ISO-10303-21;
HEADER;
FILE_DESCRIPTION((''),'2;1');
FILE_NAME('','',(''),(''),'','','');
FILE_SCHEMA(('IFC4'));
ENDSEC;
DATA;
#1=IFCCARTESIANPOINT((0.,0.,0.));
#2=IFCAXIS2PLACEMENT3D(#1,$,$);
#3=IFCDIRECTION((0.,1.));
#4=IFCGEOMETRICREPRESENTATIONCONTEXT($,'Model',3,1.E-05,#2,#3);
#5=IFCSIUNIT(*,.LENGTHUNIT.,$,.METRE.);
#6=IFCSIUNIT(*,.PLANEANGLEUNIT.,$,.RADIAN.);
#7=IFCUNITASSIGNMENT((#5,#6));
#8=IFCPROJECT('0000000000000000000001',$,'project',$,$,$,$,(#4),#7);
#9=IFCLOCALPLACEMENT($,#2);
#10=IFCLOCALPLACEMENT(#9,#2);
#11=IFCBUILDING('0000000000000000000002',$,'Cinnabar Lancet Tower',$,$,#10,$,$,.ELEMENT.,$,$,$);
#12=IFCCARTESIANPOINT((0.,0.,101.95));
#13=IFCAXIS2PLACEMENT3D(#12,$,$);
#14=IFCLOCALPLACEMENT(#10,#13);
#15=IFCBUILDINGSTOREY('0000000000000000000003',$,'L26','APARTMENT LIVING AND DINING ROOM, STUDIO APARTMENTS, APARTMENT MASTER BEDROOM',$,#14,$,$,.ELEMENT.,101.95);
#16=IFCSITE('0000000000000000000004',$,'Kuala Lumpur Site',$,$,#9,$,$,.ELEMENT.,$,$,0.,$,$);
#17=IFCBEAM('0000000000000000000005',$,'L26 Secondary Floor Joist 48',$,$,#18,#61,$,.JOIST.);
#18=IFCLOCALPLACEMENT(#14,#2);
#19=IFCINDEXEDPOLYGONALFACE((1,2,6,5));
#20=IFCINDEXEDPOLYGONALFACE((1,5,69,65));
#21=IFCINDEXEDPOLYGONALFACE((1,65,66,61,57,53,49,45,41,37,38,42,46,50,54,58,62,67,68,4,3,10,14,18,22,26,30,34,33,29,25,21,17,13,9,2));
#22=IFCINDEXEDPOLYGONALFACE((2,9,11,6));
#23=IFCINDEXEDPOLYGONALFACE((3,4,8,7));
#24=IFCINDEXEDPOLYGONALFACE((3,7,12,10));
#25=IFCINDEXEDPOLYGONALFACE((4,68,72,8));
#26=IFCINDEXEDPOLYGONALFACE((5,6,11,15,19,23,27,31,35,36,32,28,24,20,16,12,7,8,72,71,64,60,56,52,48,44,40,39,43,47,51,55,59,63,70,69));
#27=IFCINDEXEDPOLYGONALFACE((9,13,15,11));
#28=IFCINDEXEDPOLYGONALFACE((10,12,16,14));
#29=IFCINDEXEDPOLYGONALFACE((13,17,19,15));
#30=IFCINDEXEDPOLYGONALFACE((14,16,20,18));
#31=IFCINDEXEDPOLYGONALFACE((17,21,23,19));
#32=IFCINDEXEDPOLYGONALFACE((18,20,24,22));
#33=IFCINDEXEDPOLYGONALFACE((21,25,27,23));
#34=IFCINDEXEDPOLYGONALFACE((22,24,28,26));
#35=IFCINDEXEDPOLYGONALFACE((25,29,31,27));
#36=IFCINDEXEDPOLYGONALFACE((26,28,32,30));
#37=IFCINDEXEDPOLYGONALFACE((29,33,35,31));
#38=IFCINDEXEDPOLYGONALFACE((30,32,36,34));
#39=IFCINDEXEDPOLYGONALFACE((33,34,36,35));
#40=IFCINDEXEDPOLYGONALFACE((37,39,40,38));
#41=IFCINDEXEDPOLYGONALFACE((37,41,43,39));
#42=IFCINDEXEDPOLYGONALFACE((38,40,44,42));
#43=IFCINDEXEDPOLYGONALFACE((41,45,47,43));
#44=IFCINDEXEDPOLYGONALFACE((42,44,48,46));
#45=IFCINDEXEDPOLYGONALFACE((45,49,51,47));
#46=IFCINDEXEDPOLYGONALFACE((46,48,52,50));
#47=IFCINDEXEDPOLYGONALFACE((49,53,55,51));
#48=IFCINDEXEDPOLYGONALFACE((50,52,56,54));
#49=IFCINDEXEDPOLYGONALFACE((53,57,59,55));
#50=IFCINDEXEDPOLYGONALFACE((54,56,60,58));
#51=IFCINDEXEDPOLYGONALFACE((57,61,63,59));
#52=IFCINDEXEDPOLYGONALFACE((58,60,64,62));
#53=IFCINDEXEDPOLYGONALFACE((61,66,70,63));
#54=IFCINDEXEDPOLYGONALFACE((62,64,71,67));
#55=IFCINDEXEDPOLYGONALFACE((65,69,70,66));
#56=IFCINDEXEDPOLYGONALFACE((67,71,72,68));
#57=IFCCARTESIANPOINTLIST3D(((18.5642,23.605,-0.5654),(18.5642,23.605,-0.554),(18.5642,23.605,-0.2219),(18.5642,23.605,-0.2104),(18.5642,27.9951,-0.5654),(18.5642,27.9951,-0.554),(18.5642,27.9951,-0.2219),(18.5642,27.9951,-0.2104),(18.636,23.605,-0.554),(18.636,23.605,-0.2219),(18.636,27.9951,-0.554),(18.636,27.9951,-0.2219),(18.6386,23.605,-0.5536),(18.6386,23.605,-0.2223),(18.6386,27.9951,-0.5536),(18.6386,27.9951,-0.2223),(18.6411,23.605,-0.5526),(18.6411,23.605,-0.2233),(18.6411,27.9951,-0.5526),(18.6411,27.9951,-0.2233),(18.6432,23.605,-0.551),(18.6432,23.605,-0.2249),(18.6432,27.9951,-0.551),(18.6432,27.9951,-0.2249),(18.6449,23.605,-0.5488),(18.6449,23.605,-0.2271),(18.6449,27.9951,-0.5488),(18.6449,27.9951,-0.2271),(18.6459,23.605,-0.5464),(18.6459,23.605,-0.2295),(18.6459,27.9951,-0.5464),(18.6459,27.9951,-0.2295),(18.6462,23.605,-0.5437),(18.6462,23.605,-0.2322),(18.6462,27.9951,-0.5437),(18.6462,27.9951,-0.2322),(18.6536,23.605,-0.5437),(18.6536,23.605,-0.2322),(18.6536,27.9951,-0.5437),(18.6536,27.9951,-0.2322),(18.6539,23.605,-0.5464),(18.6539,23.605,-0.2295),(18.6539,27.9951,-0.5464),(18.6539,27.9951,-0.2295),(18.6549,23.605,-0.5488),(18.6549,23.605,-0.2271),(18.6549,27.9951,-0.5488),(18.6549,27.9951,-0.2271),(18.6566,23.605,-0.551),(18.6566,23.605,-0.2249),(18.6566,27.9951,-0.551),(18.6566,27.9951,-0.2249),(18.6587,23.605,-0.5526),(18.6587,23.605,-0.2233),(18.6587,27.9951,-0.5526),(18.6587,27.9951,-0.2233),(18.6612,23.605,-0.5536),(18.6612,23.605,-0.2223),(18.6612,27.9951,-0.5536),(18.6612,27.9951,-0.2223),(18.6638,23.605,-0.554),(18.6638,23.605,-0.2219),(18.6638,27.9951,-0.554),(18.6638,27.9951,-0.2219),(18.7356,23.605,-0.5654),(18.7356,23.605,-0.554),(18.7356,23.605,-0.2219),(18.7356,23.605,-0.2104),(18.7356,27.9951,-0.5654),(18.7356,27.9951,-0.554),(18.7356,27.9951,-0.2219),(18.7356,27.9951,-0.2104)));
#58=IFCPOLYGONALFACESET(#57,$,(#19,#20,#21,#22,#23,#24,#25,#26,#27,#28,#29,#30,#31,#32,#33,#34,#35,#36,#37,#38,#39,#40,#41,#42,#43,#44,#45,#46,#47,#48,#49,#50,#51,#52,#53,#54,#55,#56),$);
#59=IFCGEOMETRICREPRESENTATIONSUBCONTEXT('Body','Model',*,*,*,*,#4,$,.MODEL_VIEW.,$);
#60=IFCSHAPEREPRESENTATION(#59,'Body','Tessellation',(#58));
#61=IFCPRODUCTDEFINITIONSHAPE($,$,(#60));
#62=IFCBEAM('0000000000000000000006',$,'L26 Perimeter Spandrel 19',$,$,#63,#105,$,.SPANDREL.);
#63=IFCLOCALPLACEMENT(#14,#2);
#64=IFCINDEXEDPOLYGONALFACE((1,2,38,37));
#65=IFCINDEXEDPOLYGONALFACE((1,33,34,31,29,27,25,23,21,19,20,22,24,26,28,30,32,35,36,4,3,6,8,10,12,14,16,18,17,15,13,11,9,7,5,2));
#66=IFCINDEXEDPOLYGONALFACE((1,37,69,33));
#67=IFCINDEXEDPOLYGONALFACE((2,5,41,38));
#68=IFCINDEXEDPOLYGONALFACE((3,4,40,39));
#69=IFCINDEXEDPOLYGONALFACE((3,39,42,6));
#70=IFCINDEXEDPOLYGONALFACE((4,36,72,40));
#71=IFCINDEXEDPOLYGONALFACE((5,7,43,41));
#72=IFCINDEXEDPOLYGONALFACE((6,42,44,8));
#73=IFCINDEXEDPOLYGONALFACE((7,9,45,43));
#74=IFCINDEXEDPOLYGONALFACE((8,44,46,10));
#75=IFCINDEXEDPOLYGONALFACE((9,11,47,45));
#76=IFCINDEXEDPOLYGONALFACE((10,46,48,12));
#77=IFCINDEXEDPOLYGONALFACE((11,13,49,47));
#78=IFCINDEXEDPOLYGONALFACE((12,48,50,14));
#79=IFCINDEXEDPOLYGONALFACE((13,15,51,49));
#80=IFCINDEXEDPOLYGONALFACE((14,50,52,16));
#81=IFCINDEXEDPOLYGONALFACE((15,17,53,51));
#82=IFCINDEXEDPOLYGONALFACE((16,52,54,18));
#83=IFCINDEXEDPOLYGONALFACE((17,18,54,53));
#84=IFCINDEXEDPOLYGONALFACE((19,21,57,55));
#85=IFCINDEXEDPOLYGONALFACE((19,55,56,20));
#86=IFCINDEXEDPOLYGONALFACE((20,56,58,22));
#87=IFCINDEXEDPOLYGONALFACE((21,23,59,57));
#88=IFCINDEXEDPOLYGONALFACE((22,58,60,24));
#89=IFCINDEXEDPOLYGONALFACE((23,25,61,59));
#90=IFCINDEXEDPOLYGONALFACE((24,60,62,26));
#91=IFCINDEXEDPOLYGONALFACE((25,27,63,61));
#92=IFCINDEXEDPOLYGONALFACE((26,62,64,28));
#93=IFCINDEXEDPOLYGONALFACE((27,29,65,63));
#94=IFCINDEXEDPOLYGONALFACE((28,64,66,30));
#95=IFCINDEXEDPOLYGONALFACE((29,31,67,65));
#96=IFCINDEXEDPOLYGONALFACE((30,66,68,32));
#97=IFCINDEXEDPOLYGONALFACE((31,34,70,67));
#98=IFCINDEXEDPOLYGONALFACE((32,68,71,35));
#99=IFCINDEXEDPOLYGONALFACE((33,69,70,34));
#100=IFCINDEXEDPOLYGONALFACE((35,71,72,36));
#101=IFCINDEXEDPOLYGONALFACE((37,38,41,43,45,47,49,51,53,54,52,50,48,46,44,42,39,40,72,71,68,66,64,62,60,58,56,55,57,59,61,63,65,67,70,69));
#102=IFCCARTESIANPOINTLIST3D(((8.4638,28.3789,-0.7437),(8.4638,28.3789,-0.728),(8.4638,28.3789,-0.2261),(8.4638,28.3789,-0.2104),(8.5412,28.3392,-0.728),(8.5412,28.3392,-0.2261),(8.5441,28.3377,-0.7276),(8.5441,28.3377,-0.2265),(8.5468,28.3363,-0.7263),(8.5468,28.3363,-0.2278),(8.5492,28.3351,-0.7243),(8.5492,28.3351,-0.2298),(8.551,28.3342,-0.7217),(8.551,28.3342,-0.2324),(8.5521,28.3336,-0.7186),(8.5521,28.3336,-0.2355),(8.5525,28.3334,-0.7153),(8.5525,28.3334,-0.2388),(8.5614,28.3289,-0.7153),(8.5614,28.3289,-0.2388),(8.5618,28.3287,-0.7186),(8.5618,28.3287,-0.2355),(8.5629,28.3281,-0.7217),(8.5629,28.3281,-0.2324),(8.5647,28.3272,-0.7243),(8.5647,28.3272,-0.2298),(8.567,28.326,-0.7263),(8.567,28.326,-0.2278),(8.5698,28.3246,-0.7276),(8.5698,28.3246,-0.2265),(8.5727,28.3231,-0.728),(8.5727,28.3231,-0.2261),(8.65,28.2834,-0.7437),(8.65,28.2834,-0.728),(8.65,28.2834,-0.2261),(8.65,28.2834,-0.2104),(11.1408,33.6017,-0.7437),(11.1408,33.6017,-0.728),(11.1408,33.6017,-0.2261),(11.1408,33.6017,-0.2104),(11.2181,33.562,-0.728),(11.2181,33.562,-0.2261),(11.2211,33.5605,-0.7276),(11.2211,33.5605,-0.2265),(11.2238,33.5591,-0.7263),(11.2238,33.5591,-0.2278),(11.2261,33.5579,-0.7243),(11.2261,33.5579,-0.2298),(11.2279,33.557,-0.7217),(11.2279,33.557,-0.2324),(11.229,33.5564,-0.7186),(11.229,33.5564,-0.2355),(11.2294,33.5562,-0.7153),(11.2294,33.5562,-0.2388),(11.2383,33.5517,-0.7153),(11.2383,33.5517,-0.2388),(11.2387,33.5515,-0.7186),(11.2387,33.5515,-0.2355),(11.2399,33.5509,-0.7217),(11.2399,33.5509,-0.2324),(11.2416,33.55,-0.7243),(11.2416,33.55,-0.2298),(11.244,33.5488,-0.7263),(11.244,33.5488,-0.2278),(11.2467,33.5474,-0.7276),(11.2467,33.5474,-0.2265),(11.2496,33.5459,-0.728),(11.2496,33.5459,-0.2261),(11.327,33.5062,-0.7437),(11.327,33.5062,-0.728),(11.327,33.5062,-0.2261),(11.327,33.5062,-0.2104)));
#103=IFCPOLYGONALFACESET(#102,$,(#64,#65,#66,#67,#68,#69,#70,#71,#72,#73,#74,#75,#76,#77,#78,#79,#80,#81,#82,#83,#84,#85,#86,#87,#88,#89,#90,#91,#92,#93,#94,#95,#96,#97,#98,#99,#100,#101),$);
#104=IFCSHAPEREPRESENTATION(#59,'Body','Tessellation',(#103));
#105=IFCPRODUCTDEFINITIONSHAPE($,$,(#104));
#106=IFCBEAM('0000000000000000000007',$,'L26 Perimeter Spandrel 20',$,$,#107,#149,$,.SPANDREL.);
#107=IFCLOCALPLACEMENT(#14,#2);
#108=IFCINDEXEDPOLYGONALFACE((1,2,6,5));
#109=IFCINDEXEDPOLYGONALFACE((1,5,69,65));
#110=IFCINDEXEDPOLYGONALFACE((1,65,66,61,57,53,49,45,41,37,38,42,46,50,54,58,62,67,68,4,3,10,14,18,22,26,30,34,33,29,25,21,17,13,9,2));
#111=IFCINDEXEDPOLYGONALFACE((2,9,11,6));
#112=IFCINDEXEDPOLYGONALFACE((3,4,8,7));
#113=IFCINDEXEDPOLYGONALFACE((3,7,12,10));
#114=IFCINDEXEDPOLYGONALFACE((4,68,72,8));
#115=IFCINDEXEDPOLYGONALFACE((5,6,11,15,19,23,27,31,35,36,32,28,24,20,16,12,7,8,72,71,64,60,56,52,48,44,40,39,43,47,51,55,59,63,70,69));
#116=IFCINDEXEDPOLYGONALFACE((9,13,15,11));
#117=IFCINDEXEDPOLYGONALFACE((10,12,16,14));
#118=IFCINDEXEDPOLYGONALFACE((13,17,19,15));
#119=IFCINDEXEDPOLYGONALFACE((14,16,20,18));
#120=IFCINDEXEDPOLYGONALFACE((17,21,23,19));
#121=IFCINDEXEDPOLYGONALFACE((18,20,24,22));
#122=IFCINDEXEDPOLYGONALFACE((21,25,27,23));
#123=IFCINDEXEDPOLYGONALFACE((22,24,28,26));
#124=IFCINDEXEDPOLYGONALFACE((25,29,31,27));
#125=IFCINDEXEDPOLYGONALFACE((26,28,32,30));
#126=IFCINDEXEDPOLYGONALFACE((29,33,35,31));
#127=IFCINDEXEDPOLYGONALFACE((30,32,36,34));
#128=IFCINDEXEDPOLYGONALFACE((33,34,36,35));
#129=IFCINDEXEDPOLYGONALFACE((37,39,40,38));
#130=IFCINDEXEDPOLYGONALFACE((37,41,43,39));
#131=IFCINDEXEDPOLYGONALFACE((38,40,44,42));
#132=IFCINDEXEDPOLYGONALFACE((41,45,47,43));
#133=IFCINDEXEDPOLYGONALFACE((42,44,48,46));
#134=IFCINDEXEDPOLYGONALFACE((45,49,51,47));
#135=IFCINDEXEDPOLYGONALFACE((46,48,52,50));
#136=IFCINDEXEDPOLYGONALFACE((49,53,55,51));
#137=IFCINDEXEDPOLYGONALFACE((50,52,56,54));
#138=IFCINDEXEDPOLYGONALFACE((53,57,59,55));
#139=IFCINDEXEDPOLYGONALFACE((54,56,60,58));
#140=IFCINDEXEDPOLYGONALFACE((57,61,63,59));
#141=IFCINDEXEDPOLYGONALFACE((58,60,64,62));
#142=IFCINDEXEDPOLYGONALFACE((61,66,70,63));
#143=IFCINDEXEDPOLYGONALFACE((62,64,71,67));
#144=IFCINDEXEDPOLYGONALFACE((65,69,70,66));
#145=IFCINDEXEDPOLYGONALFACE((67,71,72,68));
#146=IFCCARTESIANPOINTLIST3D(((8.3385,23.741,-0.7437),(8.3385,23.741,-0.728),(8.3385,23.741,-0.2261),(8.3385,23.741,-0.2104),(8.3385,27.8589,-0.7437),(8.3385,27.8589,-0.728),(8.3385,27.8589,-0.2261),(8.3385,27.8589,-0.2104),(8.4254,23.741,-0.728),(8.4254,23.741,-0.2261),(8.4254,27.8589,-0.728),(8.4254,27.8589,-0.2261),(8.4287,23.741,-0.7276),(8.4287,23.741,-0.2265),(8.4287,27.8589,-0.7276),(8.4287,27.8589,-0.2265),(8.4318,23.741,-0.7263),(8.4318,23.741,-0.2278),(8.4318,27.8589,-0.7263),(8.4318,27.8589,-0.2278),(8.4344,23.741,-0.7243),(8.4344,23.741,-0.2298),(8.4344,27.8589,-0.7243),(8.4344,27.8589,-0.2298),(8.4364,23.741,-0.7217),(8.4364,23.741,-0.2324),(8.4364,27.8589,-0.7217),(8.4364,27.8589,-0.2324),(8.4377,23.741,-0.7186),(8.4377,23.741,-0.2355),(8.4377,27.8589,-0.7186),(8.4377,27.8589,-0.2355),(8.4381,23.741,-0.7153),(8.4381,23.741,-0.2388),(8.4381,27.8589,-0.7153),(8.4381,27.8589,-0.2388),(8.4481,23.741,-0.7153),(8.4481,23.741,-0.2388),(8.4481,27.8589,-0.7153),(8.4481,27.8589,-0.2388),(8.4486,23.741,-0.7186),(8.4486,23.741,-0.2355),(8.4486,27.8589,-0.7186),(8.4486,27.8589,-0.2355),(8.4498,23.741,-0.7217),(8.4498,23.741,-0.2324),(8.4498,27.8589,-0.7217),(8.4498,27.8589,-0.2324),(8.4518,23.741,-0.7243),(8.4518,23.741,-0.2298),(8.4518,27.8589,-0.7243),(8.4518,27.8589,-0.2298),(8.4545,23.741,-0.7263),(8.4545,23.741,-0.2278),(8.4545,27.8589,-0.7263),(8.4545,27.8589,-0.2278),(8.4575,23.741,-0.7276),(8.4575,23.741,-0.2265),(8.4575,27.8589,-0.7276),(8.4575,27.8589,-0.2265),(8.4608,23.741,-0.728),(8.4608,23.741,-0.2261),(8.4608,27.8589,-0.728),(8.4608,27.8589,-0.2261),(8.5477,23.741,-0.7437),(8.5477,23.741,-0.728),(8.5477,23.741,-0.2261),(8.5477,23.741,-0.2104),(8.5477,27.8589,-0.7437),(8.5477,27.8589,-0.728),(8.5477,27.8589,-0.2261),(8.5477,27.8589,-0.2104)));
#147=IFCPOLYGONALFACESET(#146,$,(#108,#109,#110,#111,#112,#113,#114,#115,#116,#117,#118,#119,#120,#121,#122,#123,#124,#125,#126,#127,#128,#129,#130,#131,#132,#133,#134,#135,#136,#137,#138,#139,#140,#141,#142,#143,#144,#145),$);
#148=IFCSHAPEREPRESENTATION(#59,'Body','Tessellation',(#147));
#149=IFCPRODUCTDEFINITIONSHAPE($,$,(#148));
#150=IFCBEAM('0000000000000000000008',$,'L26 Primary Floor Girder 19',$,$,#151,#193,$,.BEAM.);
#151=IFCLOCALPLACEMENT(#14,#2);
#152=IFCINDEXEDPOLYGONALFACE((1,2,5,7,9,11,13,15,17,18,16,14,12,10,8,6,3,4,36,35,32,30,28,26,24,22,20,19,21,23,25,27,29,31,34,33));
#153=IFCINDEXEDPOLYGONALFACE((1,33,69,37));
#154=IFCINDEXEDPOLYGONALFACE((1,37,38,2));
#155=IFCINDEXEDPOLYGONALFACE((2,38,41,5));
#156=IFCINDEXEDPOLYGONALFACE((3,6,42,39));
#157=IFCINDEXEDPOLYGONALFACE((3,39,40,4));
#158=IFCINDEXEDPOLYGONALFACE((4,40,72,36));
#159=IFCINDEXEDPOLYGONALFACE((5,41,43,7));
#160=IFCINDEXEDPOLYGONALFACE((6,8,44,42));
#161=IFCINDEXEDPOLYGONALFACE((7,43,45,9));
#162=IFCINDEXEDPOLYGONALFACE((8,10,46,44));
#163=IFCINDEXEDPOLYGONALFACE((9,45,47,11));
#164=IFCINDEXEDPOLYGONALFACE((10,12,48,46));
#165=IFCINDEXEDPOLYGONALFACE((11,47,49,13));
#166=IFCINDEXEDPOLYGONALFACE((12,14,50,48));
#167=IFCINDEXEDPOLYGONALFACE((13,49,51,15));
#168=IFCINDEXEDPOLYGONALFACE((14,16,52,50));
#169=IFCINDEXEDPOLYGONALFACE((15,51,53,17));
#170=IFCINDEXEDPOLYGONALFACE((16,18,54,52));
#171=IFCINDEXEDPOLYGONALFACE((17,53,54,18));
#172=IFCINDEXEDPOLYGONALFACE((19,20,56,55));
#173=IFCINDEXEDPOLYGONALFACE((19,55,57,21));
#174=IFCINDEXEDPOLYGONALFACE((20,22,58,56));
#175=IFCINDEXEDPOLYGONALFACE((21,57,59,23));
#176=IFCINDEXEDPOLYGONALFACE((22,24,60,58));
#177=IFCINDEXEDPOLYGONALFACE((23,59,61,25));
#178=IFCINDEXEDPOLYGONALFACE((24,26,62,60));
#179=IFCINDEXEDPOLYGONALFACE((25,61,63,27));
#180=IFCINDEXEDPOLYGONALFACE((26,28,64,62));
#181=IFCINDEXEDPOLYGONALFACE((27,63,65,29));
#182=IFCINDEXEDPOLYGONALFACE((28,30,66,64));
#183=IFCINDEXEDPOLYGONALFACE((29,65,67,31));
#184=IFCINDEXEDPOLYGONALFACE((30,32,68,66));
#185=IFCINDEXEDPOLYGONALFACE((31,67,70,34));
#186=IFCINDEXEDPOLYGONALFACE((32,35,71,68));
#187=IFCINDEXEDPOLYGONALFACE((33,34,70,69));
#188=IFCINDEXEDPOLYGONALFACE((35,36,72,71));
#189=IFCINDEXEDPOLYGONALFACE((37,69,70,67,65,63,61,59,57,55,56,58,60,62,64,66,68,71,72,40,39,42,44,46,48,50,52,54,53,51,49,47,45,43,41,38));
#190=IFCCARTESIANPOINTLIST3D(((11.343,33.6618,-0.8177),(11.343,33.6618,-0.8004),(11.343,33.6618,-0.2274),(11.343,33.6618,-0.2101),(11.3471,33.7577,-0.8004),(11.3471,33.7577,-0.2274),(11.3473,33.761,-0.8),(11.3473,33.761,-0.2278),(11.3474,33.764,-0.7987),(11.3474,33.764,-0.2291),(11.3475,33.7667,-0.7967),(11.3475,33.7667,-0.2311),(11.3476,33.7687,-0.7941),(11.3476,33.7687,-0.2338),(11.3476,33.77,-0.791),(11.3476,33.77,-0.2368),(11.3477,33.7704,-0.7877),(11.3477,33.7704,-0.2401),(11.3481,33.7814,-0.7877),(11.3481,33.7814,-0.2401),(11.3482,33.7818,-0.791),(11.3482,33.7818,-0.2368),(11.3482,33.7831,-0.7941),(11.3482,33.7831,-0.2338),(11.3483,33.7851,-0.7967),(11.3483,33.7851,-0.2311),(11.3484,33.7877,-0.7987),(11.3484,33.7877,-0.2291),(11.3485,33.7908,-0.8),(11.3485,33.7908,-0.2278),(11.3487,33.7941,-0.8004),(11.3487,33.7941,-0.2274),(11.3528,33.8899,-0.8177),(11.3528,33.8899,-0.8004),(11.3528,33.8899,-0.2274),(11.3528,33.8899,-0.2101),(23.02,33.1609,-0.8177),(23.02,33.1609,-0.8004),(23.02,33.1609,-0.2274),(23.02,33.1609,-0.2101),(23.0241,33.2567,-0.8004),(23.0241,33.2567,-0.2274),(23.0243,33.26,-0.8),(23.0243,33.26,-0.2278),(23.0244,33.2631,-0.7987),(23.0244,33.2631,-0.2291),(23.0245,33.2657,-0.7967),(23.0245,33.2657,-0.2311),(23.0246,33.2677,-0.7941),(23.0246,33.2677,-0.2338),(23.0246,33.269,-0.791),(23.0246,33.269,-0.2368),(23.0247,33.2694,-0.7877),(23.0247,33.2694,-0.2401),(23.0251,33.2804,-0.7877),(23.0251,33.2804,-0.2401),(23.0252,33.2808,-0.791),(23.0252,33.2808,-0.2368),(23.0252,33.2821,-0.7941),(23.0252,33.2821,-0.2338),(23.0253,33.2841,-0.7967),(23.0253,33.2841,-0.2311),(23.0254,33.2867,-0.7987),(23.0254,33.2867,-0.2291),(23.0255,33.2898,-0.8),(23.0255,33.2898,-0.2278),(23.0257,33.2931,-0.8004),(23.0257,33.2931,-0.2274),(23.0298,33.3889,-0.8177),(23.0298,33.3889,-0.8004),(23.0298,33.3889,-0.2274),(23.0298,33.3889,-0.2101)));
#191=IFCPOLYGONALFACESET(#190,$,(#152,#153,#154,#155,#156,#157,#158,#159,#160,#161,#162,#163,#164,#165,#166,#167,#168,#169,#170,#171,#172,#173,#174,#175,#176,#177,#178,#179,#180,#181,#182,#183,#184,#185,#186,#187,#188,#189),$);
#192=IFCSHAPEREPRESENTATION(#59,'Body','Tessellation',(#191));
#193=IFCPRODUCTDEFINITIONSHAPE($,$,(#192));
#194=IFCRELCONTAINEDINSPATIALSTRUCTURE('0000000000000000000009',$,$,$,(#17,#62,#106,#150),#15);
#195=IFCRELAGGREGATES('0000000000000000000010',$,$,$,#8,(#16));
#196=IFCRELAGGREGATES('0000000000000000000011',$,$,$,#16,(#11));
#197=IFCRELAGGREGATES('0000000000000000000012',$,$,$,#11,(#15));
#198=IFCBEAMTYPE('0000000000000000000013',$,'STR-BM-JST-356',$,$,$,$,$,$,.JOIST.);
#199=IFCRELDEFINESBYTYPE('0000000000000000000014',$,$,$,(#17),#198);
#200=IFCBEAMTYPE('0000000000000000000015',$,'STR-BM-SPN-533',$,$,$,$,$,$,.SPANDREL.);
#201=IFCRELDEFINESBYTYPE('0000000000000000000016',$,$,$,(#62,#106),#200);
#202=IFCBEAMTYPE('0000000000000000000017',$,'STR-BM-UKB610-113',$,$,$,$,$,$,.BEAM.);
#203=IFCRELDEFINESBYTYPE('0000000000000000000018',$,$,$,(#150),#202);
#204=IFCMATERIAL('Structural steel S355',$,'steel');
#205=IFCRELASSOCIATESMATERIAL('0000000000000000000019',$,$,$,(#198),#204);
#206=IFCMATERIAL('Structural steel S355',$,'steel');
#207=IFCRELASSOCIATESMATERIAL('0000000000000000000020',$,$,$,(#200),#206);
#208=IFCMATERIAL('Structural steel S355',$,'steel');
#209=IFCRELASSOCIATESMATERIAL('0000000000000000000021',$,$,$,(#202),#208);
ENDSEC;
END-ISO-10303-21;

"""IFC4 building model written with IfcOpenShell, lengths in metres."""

from ifc_helpers import new_model, si_unit, direction, frame, origin, origin_2d, place, context, subcontext, project, spatial, i_section, extrude, material, material_profile, profile_set, type_object, element, save


model = new_model("IFC4")

# Units and contexts
model_context = context("Model", 3, precision=1e-05, world=origin(), true_north=direction((0.0, 1.0)))
body_context = subcontext(model_context, "Body", "Model", "MODEL_VIEW")
ifc_project = project(units=[si_unit("LENGTHUNIT", "METRE"), si_unit("PLANEANGLEUNIT", "RADIAN")], contexts=[model_context])

# Site, building, storey
site_placement = place(None, origin())
site = spatial("IfcSite", under=ifc_project, at=site_placement, Name="Kuala Lumpur Site", CompositionType="ELEMENT", RefElevation=0.0)
building_placement = place(site_placement, origin())
building = spatial("IfcBuilding", under=site, at=building_placement, Name="Cinnabar Lancet Tower", CompositionType="ELEMENT")
storey_placement = place(building_placement, frame((0.0, 0.0, 101.95)))
storey = spatial("IfcBuildingStorey", under=building, at=storey_placement, Name="L26", Description="APARTMENT LIVING AND DINING ROOM, STUDIO APARTMENTS, APARTMENT MASTER BEDROOM", CompositionType="ELEMENT", Elevation=101.95)

# Beams
ifc_material_1 = material(Name="Structural steel S355", Category="steel")
ifc_material_profile_1 = material_profile(ifc_material_1, i_section(OverallWidth=0.1714, OverallDepth=0.355, WebThickness=0.0073, FlangeThickness=0.0115, FilletRadius=0.0103, at=origin_2d()), Name="UKB 356x171x51")
ifc_profile_set_1 = profile_set([ifc_material_profile_1], Name="Structural steel S355")
beam_type_1 = type_object("IfcBeamType", Name="STR-BM-JST-356", PredefinedType="JOIST", material=ifc_profile_set_1)
for number, where, z_axis, x_axis, name in (
    (1, (18.6499, 27.9951, -0.3879), (0.0, -1.0, 0.0), (1.0, 0.0, 0.0), "L26 Secondary Floor Joist 48"),
):
    element("IfcBeam", number, at=place(storey_placement, frame(where, z_axis=z_axis, x_axis=x_axis)), inside=storey, type_object=beam_type_1, Name=name, PredefinedType="JOIST", context=body_context, shape_type="SweptSolid", body=[
        extrude(i_section(OverallWidth=0.1714, OverallDepth=0.355, WebThickness=0.0073, FlangeThickness=0.0115, FilletRadius=0.0103, at=origin_2d()), origin(), (0.0, 0.0, 1.0), 4.3901),
    ])
ifc_material_2 = material(Name="Structural steel S355", Category="steel")
ifc_material_profile_2 = material_profile(ifc_material_2, i_section(OverallWidth=0.2092, OverallDepth=0.5332, WebThickness=0.01, FlangeThickness=0.0156, FilletRadius=0.0127, at=origin_2d()), Name="UKB 533x210x92")
ifc_profile_set_2 = profile_set([ifc_material_profile_2], Name="Structural steel S355")
beam_type_2 = type_object("IfcBeamType", Name="STR-BM-SPN-533", PredefinedType="SPANDREL", material=ifc_profile_set_2)
beam_1_placement = place(storey_placement, frame((11.2339, 33.554, -0.4771), z_axis=(-0.456127, -0.889915, 0.0), x_axis=(0.889915, -0.456127, 0.0)))
element("IfcBeam", 2, at=beam_1_placement, inside=storey, type_object=beam_type_2, Name="L26 Perimeter Spandrel 19", PredefinedType="SPANDREL", context=body_context, shape_type="SweptSolid", body=[
    extrude(i_section(OverallWidth=0.2092, OverallDepth=0.5332, WebThickness=0.01, FlangeThickness=0.0156, FilletRadius=0.0127, at=origin_2d()), origin(), (0.0, 0.0, 1.0), 5.8689),
])
beam_2_placement = place(storey_placement, frame((8.4431, 27.8589, -0.4771), z_axis=(0.0, -1.0, 0.0), x_axis=(1.0, 0.0, 0.0)))
element("IfcBeam", 3, at=beam_2_placement, inside=storey, type_object=beam_type_2, Name="L26 Perimeter Spandrel 20", PredefinedType="SPANDREL", context=body_context, shape_type="SweptSolid", body=[
    extrude(i_section(OverallWidth=0.2092, OverallDepth=0.5332, WebThickness=0.01, FlangeThickness=0.0156, FilletRadius=0.0127, at=origin_2d()), origin(), (0.0, 0.0, 1.0), 4.1179),
])
ifc_material_3 = material(Name="Structural steel S355", Category="steel")
ifc_material_profile_3 = material_profile(ifc_material_3, i_section(OverallWidth=0.2283, OverallDepth=0.6077, WebThickness=0.011, FlangeThickness=0.0173, FilletRadius=0.0127, at=origin_2d()), Name="UKB 610x229x113")
ifc_profile_set_3 = profile_set([ifc_material_profile_3], Name="Structural steel S355")
beam_type_3 = type_object("IfcBeamType", Name="STR-BM-UKB610-113", PredefinedType="BEAM", material=ifc_profile_set_3)
beam_3_placement = place(storey_placement, frame((11.3479, 33.7759, -0.5139), z_axis=(0.999081, -0.042863, 0.0), x_axis=(0.042863, 0.999081, 0.0)))
element("IfcBeam", 4, at=beam_3_placement, inside=storey, type_object=beam_type_3, Name="L26 Primary Floor Girder 19", PredefinedType="BEAM", context=body_context, shape_type="SweptSolid", body=[
    extrude(i_section(OverallWidth=0.2283, OverallDepth=0.6077, WebThickness=0.011, FlangeThickness=0.0173, FilletRadius=0.0127, at=origin_2d()), origin(), (0.0, 0.0, 1.0), 11.6877),
])

save(model, "model.ifc")
